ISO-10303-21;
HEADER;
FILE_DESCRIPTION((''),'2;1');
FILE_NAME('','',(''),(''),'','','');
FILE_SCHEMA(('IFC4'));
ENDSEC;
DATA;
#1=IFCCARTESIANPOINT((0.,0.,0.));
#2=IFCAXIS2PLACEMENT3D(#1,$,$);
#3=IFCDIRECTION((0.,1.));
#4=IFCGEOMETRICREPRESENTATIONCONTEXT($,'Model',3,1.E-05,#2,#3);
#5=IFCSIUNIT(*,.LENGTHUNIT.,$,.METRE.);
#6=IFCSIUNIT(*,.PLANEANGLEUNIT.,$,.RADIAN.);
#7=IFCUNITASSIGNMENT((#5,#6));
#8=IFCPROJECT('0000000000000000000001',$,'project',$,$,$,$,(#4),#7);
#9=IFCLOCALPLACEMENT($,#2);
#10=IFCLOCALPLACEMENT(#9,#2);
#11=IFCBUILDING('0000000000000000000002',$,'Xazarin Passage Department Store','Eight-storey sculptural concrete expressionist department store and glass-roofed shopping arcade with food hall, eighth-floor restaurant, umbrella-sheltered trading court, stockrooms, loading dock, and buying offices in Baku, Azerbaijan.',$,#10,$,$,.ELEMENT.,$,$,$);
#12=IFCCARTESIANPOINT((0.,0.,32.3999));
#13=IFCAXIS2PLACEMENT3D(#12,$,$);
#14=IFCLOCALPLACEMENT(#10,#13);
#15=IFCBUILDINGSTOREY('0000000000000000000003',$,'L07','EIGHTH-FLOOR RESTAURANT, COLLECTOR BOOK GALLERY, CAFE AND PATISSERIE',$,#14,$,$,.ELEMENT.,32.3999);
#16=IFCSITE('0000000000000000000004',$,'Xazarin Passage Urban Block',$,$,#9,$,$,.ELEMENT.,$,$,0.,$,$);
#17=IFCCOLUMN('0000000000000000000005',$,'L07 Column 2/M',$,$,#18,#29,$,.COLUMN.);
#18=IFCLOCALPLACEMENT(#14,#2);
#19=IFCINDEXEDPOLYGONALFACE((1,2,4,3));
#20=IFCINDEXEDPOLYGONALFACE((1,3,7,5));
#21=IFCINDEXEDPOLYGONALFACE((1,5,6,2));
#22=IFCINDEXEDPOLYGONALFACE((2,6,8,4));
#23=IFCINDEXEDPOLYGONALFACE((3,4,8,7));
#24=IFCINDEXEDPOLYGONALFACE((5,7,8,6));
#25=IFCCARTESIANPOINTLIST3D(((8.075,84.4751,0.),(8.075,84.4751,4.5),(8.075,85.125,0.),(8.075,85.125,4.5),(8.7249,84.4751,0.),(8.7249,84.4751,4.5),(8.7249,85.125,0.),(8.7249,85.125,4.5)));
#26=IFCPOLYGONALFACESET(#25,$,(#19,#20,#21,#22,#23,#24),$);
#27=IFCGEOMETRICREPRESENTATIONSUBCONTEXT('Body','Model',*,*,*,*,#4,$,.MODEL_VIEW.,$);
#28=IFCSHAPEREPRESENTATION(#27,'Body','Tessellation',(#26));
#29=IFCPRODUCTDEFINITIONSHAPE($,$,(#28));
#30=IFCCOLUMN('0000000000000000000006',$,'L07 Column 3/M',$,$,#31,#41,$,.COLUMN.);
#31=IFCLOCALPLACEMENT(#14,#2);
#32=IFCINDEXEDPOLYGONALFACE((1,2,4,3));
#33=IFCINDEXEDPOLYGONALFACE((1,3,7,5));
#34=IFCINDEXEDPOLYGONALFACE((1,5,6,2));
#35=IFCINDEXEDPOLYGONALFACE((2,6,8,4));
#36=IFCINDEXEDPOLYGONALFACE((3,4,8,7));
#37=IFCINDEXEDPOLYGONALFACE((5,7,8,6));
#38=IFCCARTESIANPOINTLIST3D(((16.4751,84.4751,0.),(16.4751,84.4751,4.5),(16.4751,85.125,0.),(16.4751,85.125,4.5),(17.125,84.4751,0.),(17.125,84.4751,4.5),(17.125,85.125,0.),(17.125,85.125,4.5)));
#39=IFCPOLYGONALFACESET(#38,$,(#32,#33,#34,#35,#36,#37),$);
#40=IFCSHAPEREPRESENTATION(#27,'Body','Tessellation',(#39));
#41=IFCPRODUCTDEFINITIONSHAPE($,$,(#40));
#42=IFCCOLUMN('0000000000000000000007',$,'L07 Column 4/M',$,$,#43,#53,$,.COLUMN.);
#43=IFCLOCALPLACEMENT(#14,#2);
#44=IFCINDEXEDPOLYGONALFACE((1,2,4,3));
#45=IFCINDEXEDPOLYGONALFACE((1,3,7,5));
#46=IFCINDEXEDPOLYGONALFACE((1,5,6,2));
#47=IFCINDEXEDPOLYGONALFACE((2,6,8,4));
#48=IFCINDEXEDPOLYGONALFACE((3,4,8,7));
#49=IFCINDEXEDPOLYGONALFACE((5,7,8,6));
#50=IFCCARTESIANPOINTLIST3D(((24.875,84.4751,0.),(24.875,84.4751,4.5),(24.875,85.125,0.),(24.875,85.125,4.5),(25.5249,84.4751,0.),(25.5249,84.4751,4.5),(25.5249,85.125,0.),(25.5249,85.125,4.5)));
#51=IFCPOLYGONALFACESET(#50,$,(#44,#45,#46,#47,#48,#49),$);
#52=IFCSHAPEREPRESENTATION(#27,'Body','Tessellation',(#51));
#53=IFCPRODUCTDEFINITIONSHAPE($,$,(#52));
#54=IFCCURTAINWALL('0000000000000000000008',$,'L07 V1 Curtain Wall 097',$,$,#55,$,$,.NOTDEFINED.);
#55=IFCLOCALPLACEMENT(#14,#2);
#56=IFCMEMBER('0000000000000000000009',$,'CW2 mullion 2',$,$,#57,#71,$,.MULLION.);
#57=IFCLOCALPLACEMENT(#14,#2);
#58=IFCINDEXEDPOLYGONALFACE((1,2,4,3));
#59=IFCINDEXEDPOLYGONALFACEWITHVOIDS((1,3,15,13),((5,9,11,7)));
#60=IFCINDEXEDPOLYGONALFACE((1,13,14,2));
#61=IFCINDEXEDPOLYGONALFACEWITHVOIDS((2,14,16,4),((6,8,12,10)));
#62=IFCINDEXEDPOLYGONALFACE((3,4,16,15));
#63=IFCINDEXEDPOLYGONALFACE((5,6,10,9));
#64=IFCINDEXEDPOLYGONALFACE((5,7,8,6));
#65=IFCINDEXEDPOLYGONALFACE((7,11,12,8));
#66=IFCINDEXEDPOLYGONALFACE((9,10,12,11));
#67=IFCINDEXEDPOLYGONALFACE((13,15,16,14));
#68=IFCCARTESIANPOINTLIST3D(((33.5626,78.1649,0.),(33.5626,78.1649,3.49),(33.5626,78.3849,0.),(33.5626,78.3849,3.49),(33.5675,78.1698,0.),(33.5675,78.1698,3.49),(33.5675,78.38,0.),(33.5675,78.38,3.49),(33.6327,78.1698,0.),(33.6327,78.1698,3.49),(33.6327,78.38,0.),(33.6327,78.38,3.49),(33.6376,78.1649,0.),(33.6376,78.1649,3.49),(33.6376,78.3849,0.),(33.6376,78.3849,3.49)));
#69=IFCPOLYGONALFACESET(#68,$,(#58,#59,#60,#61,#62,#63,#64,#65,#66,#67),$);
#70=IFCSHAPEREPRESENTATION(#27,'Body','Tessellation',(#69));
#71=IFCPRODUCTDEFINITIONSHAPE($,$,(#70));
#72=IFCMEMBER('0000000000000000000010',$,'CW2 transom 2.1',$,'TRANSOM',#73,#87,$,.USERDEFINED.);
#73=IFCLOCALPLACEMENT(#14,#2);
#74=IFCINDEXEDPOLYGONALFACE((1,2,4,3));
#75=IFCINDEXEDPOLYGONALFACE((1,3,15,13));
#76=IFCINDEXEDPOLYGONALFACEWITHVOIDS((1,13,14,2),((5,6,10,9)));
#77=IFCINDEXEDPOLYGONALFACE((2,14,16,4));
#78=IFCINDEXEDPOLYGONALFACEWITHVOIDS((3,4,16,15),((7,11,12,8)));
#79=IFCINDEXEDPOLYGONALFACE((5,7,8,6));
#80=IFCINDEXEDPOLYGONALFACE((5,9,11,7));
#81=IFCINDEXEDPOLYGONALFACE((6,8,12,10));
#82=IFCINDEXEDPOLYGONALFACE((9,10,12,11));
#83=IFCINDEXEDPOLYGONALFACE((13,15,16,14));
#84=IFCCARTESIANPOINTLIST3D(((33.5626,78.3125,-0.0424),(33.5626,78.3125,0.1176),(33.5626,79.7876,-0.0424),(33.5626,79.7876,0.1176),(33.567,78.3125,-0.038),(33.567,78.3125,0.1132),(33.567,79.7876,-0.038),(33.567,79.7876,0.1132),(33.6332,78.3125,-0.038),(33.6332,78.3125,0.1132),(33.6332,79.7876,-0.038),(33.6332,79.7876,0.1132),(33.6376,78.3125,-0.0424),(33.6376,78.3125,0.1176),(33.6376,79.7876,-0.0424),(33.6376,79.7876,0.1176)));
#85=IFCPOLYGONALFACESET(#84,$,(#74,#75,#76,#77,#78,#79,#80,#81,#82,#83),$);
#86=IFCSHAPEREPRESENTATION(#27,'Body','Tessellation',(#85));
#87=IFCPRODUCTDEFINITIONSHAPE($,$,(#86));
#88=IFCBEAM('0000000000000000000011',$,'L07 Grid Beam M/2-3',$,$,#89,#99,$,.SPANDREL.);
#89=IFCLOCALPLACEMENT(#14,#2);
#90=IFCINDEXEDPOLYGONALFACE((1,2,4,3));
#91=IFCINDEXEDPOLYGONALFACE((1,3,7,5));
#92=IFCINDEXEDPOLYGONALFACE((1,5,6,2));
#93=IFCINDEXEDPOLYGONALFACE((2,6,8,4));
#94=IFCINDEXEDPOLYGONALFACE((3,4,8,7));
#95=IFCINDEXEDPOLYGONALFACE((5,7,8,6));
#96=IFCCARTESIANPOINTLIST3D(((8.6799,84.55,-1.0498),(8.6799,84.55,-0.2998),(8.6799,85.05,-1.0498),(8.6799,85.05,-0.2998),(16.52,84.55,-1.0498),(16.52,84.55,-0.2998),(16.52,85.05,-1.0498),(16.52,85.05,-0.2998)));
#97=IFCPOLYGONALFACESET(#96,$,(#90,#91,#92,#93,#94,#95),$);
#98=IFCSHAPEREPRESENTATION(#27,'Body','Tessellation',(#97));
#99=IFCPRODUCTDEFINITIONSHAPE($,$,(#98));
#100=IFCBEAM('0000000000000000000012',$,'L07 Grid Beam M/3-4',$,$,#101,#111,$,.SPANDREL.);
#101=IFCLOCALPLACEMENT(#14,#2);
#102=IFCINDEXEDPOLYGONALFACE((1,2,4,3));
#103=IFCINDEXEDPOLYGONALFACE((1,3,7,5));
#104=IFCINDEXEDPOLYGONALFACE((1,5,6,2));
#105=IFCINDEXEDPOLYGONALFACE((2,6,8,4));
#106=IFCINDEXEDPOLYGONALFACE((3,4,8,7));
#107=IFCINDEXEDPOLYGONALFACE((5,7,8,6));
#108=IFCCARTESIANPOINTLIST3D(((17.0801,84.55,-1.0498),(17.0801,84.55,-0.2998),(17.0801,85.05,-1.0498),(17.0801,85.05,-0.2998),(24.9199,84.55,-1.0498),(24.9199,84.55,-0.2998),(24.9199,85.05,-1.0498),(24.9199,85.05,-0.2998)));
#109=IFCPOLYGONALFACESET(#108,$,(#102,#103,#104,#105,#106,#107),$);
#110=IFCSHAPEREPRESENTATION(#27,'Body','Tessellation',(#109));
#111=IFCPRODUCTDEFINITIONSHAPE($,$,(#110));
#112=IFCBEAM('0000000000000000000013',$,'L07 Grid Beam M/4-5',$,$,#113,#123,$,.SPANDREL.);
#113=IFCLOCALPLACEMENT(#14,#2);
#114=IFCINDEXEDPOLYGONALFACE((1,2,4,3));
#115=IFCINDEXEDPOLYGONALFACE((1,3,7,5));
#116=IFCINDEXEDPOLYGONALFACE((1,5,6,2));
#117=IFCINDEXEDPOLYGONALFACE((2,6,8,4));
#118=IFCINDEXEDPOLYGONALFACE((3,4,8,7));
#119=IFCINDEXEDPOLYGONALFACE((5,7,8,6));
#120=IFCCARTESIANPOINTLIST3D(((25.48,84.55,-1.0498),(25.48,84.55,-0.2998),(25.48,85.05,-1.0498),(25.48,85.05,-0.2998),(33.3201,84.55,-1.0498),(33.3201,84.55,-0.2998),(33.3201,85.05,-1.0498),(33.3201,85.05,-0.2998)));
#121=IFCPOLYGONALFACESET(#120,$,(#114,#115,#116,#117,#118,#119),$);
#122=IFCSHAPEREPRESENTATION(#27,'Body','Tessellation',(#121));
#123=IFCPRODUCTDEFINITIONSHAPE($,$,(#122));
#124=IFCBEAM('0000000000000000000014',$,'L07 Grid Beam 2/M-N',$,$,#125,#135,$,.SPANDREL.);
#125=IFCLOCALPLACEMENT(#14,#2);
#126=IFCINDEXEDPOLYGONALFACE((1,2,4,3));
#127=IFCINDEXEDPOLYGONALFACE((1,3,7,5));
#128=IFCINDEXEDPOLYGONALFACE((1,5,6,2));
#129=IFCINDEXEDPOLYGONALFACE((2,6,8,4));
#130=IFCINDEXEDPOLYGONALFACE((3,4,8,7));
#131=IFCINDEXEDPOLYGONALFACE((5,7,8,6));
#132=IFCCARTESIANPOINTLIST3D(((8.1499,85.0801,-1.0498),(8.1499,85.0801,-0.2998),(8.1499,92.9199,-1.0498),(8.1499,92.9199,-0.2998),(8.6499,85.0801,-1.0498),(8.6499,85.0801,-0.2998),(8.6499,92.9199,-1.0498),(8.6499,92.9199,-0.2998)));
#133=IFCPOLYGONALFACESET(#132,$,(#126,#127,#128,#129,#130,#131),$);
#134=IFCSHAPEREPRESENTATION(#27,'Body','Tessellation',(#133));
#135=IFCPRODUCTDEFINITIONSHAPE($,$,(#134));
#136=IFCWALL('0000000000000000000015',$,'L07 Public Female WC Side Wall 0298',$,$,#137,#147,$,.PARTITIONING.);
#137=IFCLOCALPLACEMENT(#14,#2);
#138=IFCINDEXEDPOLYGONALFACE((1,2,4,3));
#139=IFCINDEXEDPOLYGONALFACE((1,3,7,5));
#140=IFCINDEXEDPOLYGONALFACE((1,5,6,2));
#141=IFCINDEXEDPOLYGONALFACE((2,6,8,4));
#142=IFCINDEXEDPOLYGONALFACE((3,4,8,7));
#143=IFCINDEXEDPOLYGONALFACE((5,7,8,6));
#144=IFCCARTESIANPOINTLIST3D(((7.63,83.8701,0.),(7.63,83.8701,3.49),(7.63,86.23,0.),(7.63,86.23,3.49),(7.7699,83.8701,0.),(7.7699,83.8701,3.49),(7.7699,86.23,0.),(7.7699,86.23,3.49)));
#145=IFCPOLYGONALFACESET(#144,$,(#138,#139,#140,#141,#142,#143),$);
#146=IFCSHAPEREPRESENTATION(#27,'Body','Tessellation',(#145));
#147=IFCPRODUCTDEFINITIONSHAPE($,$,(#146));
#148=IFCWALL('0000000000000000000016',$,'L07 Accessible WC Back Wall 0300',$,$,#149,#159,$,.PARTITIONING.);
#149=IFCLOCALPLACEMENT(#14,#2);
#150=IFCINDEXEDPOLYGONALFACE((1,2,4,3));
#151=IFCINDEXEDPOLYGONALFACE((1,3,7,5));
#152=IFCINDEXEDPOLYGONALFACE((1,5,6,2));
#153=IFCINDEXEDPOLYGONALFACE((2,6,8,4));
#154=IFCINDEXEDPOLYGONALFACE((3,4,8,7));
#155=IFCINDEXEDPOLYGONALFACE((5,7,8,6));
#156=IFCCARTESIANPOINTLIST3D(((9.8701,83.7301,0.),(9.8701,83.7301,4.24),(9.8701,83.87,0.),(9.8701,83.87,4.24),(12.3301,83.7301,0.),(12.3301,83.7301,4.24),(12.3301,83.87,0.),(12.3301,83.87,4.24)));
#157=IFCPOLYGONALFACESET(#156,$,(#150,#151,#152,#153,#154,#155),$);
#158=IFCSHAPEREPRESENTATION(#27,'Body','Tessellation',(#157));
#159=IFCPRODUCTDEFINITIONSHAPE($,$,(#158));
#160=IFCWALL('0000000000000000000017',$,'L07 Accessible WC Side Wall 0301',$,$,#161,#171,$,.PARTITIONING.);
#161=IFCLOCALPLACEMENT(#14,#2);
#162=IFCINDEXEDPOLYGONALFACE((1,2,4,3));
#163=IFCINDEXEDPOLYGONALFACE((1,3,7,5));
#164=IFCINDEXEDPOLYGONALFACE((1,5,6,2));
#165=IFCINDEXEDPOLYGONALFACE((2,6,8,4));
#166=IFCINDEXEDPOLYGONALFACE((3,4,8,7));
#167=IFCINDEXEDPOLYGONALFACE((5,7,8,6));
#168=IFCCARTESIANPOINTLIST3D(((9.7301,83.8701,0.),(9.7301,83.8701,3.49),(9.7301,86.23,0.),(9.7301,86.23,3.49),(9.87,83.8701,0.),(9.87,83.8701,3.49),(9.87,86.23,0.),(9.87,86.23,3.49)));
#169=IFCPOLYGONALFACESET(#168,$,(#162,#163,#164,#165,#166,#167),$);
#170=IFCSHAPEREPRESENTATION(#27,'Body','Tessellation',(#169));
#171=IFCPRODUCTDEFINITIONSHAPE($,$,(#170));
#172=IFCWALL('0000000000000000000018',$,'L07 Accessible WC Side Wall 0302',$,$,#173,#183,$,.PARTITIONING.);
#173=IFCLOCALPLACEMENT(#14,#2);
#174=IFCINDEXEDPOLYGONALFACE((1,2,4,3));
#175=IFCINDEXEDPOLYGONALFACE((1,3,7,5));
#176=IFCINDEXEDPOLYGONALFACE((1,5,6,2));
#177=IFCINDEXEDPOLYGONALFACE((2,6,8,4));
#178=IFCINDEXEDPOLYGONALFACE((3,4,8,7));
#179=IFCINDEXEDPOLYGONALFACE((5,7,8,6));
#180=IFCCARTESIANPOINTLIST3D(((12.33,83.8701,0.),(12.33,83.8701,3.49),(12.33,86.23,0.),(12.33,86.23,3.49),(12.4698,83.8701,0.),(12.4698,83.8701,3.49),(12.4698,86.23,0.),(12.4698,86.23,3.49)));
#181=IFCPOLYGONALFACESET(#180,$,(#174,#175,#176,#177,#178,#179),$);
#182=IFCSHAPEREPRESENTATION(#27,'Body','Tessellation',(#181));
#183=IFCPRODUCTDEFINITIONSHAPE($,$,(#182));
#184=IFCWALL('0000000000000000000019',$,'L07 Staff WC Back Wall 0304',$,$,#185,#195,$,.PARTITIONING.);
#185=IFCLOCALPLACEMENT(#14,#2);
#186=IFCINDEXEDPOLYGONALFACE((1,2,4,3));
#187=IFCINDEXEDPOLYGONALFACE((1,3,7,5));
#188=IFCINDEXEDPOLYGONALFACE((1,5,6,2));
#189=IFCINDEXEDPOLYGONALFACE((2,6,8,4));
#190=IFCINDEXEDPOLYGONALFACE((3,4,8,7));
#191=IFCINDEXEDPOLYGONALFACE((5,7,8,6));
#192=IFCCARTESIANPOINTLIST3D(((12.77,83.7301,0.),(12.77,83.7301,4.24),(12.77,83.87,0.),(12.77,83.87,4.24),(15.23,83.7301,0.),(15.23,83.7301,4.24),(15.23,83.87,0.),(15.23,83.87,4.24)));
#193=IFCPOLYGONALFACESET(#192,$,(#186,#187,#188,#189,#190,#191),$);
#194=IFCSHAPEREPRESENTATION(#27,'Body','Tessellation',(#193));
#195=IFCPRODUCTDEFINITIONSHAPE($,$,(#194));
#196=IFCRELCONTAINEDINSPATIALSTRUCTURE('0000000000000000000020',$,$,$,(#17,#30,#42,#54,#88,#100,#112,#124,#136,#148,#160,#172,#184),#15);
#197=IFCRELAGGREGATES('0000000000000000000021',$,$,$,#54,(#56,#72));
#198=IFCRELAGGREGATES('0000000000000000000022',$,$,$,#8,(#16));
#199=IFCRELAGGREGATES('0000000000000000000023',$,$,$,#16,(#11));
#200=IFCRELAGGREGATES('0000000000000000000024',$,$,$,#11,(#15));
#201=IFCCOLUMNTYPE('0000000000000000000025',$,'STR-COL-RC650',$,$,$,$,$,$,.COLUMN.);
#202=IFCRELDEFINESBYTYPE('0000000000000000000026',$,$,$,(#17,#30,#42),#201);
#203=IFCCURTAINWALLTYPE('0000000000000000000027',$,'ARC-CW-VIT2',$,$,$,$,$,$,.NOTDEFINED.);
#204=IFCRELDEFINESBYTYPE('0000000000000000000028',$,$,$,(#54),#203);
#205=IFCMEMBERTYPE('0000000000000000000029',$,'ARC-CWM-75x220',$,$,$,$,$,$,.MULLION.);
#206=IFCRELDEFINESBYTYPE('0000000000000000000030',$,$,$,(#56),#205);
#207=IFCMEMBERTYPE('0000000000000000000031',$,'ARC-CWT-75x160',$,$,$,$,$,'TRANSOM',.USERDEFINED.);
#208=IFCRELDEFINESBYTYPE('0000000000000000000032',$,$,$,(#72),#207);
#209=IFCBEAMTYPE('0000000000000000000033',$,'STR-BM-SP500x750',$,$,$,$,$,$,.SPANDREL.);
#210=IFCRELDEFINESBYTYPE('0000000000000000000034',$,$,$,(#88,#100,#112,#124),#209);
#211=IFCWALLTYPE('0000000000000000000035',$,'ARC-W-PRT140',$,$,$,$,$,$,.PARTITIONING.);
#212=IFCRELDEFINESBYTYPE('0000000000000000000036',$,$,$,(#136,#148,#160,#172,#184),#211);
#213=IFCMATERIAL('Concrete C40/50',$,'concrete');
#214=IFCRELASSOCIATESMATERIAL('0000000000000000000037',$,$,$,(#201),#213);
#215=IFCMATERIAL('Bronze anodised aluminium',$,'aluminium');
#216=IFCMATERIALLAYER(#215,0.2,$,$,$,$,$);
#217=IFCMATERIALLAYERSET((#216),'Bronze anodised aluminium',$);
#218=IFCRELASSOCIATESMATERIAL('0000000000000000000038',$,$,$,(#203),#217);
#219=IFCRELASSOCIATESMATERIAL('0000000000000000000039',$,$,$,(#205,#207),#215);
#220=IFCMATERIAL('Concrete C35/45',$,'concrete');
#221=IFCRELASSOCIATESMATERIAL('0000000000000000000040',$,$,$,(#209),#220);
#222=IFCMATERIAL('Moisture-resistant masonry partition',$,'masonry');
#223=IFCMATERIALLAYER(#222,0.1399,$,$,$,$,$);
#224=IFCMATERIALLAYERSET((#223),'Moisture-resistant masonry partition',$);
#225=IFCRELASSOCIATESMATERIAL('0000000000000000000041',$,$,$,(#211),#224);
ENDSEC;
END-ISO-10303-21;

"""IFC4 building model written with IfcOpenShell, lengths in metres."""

from ifc_helpers import new_model, si_unit, direction, frame, frame_2d, origin, origin_2d, place, context, subcontext, project, spatial, rectangle, hollow_rectangle, extrude, material, layer, layer_set, material_profile, profile_set, type_object, element, aggregate, save


model = new_model("IFC4")

# Units and contexts
model_context = context("Model", 3, precision=1e-05, world=origin(), true_north=direction((0.0, 1.0)))
body_context = subcontext(model_context, "Body", "Model", "MODEL_VIEW")
ifc_project = project(units=[si_unit("LENGTHUNIT", "METRE"), si_unit("PLANEANGLEUNIT", "RADIAN")], contexts=[model_context])

# Site, building, storey
site_placement = place(None, origin())
site = spatial("IfcSite", under=ifc_project, at=site_placement, Name="Xazarin Passage Urban Block", CompositionType="ELEMENT", RefElevation=0.0)
building_placement = place(site_placement, origin())
building = spatial("IfcBuilding", under=site, at=building_placement, Name="Xazarin Passage Department Store", Description="Eight-storey sculptural concrete expressionist department store and glass-roofed shopping arcade with food hall, eighth-floor restaurant, umbrella-sheltered trading court, stockrooms, loading dock, and buying offices in Baku, Azerbaijan.", CompositionType="ELEMENT")
storey_placement = place(building_placement, frame((0.0, 0.0, 32.3999)))
storey = spatial("IfcBuildingStorey", under=building, at=storey_placement, Name="L07", Description="EIGHTH-FLOOR RESTAURANT, COLLECTOR BOOK GALLERY, CAFE AND PATISSERIE", CompositionType="ELEMENT", Elevation=32.3999)

# Columns
ifc_material_1 = material(Name="Concrete C40/50", Category="concrete")
ifc_material_profile_1 = material_profile(ifc_material_1, rectangle(XDim=0.6499, YDim=0.6499, at=origin_2d()), Name="RC 650x650")
ifc_profile_set_1 = profile_set([ifc_material_profile_1], Name="Concrete C40/50")
column_type = type_object("IfcColumnType", Name="STR-COL-RC650", PredefinedType="COLUMN", material=ifc_profile_set_1)
for number, where, z_axis, x_axis, name in (
    (1, (8.3999, 84.8, 0.0), (0.0, 0.0, 1.0), (1.0, 0.0, 0.0), "L07 Column 2/M"),
    (2, (16.8, 84.8, 0.0), (0.0, 0.0, 1.0), (1.0, 0.0, 0.0), "L07 Column 3/M"),
    (3, (25.2, 84.8, 0.0), (0.0, 0.0, 1.0), (1.0, 0.0, 0.0), "L07 Column 4/M"),
):
    element("IfcColumn", number, at=place(storey_placement, frame(where, z_axis=z_axis, x_axis=x_axis)), inside=storey, type_object=column_type, Name=name, PredefinedType="COLUMN", context=body_context, shape_type="SweptSolid", body=[
        extrude(rectangle(XDim=0.6499, YDim=0.6499, at=origin_2d()), origin(), (0.0, 0.0, 1.0), 4.5),
    ])

# Curtain wall, members
ifc_material_2 = material(Name="Bronze anodised aluminium", Category="aluminium")
ifc_layer_1 = layer(ifc_material_2, 0.2)
ifc_layer_set_1 = layer_set([ifc_layer_1], Name="Bronze anodised aluminium")
curtain_wall_type = type_object("IfcCurtainWallType", Name="ARC-CW-VIT2", PredefinedType="NOTDEFINED", material=ifc_layer_set_1)
curtain_wall_placement = place(storey_placement, origin())
curtain_wall = element("IfcCurtainWall", 4, at=curtain_wall_placement, inside=storey, type_object=curtain_wall_type, Name="L07 V1 Curtain Wall 097", PredefinedType="NOTDEFINED")
ifc_material_profile_2 = material_profile(ifc_material_2, hollow_rectangle(XDim=0.075, YDim=0.22, WallThickness=0.0049, at=origin_2d()), Name="ALU 75x220")
ifc_profile_set_2 = profile_set([ifc_material_profile_2], Name="Bronze anodised aluminium")
member_type_1 = type_object("IfcMemberType", Name="ARC-CWM-75x220", PredefinedType="MULLION", material=ifc_profile_set_2)
member_1_placement = place(storey_placement, frame((33.6001, 78.2749, 0.0), z_axis=(0.0, 0.0, 1.0), x_axis=(-1.0, 0.0, 0.0)))
member_1 = element("IfcMember", 5, at=member_1_placement, type_object=member_type_1, Name="CW2 mullion 2", PredefinedType="MULLION", context=body_context, shape_type="SweptSolid", body=[
    extrude(hollow_rectangle(XDim=0.075, YDim=0.22, WallThickness=0.0049, at=origin_2d()), origin(), (0.0, 0.0, 1.0), 3.49),
])
ifc_material_profile_3 = material_profile(ifc_material_2, hollow_rectangle(XDim=0.075, YDim=0.1599, WallThickness=0.0044, at=origin_2d()), Name="ALU 75x160")
ifc_profile_set_3 = profile_set([ifc_material_profile_3], Name="Bronze anodised aluminium")
member_type_2 = type_object("IfcMemberType", Name="ARC-CWT-75x160", ElementType="TRANSOM", PredefinedType="USERDEFINED", material=ifc_profile_set_3)
member_2_placement = place(storey_placement, frame((33.6001, 78.3125, 0.0376), z_axis=(0.0, 1.0, 0.0), x_axis=(-1.0, 0.0, 0.0)))
member_2 = element("IfcMember", 6, at=member_2_placement, type_object=member_type_2, Name="CW2 transom 2.1", ObjectType="TRANSOM", PredefinedType="USERDEFINED", context=body_context, shape_type="SweptSolid", body=[
    extrude(hollow_rectangle(XDim=0.075, YDim=0.1599, WallThickness=0.0044, at=origin_2d()), origin(), (0.0, 0.0, 1.0), 1.4751),
])
aggregate(curtain_wall, [member_1, member_2])

# Beams
ifc_material_3 = material(Name="Concrete C35/45", Category="concrete")
ifc_material_profile_4 = material_profile(ifc_material_3, rectangle(XDim=0.5, YDim=0.75, at=origin_2d()), Name="RC 500x750")
ifc_profile_set_4 = profile_set([ifc_material_profile_4], Name="Concrete C35/45")
beam_type = type_object("IfcBeamType", Name="STR-BM-SP500x750", PredefinedType="SPANDREL", material=ifc_profile_set_4)
beam_1_placement = place(storey_placement, frame((8.6799, 84.8, -0.6748), z_axis=(1.0, 0.0, 0.0), x_axis=(0.0, 1.0, 0.0)))
element("IfcBeam", 7, at=beam_1_placement, inside=storey, type_object=beam_type, Name="L07 Grid Beam M/2-3", PredefinedType="SPANDREL", context=body_context, shape_type="SweptSolid", body=[
    extrude(rectangle(XDim=0.5, YDim=0.75, at=origin_2d()), origin(), (0.0, 0.0, 1.0), 7.8401),
])
beam_2_placement = place(storey_placement, frame((17.0801, 84.8, -0.6748), z_axis=(1.0, 0.0, 0.0), x_axis=(0.0, 1.0, 0.0)))
element("IfcBeam", 8, at=beam_2_placement, inside=storey, type_object=beam_type, Name="L07 Grid Beam M/3-4", PredefinedType="SPANDREL", context=body_context, shape_type="SweptSolid", body=[
    extrude(rectangle(XDim=0.5, YDim=0.75, at=origin_2d()), origin(), (0.0, 0.0, 1.0), 7.8398),
])
beam_3_placement = place(storey_placement, frame((25.48, 84.8, -0.6748), z_axis=(1.0, 0.0, 0.0), x_axis=(0.0, 1.0, 0.0)))
element("IfcBeam", 9, at=beam_3_placement, inside=storey, type_object=beam_type, Name="L07 Grid Beam M/4-5", PredefinedType="SPANDREL", context=body_context, shape_type="SweptSolid", body=[
    extrude(rectangle(XDim=0.5, YDim=0.75, at=origin_2d()), origin(), (0.0, 0.0, 1.0), 7.8401),
])
beam_4_placement = place(storey_placement, frame((8.3999, 85.0801, -0.6748), z_axis=(0.0, 1.0, 0.0), x_axis=(-1.0, 0.0, 0.0)))
element("IfcBeam", 10, at=beam_4_placement, inside=storey, type_object=beam_type, Name="L07 Grid Beam 2/M-N", PredefinedType="SPANDREL", context=body_context, shape_type="SweptSolid", body=[
    extrude(rectangle(XDim=0.5, YDim=0.75, at=origin_2d()), origin(), (0.0, 0.0, 1.0), 7.8398),
])

# Wall
ifc_material_4 = material(Name="Moisture-resistant masonry partition", Category="masonry")
ifc_layer_2 = layer(ifc_material_4, 0.1399)
ifc_layer_set_2 = layer_set([ifc_layer_2], Name="Moisture-resistant masonry partition")
wall_type_1 = type_object("IfcWallType", Name="ARC-W-PRT140", PredefinedType="PARTITIONING", material=ifc_layer_set_2)
wall_1_placement = place(storey_placement, frame((7.7, 83.8701, 0.0), z_axis=(0.0, 0.0, 1.0), x_axis=(0.0, 1.0, 0.0)))
element("IfcWall", 11, at=wall_1_placement, inside=storey, type_object=wall_type_1, Name="L07 Public Female WC Side Wall 0298", PredefinedType="PARTITIONING", context=body_context, shape_type="SweptSolid", body=[
    extrude(rectangle(XDim=2.3599, YDim=0.1399, at=frame_2d((1.1799, 0.0))), origin(), (0.0, 0.0, 1.0), 3.49),
])

# Walls
wall_2_placement = place(storey_placement, frame((9.8701, 83.8, 0.0), z_axis=(0.0, 0.0, 1.0), x_axis=(1.0, 0.0, 0.0)))
element("IfcWall", 12, at=wall_2_placement, inside=storey, type_object=wall_type_1, Name="L07 Accessible WC Back Wall 0300", PredefinedType="PARTITIONING", context=body_context, shape_type="SweptSolid", body=[
    extrude(rectangle(XDim=2.46, YDim=0.1399, at=frame_2d((1.23, 0.0))), origin(), (0.0, 0.0, 1.0), 4.24),
])
for number, where, z_axis, x_axis, name in (
    (13, (9.8, 83.8701, 0.0), (0.0, 0.0, 1.0), (0.0, 1.0, 0.0), "L07 Accessible WC Side Wall 0301"),
    (14, (12.3999, 83.8701, 0.0), (0.0, 0.0, 1.0), (0.0, 1.0, 0.0), "L07 Accessible WC Side Wall 0302"),
):
    element("IfcWall", number, at=place(storey_placement, frame(where, z_axis=z_axis, x_axis=x_axis)), inside=storey, type_object=wall_type_1, Name=name, PredefinedType="PARTITIONING", context=body_context, shape_type="SweptSolid", body=[
        extrude(rectangle(XDim=2.3599, YDim=0.1399, at=frame_2d((1.1799, 0.0))), origin(), (0.0, 0.0, 1.0), 3.49),
    ])

# Wall
wall_3_placement = place(storey_placement, frame((12.77, 83.8, 0.0), z_axis=(0.0, 0.0, 1.0), x_axis=(1.0, 0.0, 0.0)))
element("IfcWall", 15, at=wall_3_placement, inside=storey, type_object=wall_type_1, Name="L07 Staff WC Back Wall 0304", PredefinedType="PARTITIONING", context=body_context, shape_type="SweptSolid", body=[
    extrude(rectangle(XDim=2.46, YDim=0.1399, at=frame_2d((1.23, 0.0))), origin(), (0.0, 0.0, 1.0), 4.24),
])

save(model, "model.ifc")
